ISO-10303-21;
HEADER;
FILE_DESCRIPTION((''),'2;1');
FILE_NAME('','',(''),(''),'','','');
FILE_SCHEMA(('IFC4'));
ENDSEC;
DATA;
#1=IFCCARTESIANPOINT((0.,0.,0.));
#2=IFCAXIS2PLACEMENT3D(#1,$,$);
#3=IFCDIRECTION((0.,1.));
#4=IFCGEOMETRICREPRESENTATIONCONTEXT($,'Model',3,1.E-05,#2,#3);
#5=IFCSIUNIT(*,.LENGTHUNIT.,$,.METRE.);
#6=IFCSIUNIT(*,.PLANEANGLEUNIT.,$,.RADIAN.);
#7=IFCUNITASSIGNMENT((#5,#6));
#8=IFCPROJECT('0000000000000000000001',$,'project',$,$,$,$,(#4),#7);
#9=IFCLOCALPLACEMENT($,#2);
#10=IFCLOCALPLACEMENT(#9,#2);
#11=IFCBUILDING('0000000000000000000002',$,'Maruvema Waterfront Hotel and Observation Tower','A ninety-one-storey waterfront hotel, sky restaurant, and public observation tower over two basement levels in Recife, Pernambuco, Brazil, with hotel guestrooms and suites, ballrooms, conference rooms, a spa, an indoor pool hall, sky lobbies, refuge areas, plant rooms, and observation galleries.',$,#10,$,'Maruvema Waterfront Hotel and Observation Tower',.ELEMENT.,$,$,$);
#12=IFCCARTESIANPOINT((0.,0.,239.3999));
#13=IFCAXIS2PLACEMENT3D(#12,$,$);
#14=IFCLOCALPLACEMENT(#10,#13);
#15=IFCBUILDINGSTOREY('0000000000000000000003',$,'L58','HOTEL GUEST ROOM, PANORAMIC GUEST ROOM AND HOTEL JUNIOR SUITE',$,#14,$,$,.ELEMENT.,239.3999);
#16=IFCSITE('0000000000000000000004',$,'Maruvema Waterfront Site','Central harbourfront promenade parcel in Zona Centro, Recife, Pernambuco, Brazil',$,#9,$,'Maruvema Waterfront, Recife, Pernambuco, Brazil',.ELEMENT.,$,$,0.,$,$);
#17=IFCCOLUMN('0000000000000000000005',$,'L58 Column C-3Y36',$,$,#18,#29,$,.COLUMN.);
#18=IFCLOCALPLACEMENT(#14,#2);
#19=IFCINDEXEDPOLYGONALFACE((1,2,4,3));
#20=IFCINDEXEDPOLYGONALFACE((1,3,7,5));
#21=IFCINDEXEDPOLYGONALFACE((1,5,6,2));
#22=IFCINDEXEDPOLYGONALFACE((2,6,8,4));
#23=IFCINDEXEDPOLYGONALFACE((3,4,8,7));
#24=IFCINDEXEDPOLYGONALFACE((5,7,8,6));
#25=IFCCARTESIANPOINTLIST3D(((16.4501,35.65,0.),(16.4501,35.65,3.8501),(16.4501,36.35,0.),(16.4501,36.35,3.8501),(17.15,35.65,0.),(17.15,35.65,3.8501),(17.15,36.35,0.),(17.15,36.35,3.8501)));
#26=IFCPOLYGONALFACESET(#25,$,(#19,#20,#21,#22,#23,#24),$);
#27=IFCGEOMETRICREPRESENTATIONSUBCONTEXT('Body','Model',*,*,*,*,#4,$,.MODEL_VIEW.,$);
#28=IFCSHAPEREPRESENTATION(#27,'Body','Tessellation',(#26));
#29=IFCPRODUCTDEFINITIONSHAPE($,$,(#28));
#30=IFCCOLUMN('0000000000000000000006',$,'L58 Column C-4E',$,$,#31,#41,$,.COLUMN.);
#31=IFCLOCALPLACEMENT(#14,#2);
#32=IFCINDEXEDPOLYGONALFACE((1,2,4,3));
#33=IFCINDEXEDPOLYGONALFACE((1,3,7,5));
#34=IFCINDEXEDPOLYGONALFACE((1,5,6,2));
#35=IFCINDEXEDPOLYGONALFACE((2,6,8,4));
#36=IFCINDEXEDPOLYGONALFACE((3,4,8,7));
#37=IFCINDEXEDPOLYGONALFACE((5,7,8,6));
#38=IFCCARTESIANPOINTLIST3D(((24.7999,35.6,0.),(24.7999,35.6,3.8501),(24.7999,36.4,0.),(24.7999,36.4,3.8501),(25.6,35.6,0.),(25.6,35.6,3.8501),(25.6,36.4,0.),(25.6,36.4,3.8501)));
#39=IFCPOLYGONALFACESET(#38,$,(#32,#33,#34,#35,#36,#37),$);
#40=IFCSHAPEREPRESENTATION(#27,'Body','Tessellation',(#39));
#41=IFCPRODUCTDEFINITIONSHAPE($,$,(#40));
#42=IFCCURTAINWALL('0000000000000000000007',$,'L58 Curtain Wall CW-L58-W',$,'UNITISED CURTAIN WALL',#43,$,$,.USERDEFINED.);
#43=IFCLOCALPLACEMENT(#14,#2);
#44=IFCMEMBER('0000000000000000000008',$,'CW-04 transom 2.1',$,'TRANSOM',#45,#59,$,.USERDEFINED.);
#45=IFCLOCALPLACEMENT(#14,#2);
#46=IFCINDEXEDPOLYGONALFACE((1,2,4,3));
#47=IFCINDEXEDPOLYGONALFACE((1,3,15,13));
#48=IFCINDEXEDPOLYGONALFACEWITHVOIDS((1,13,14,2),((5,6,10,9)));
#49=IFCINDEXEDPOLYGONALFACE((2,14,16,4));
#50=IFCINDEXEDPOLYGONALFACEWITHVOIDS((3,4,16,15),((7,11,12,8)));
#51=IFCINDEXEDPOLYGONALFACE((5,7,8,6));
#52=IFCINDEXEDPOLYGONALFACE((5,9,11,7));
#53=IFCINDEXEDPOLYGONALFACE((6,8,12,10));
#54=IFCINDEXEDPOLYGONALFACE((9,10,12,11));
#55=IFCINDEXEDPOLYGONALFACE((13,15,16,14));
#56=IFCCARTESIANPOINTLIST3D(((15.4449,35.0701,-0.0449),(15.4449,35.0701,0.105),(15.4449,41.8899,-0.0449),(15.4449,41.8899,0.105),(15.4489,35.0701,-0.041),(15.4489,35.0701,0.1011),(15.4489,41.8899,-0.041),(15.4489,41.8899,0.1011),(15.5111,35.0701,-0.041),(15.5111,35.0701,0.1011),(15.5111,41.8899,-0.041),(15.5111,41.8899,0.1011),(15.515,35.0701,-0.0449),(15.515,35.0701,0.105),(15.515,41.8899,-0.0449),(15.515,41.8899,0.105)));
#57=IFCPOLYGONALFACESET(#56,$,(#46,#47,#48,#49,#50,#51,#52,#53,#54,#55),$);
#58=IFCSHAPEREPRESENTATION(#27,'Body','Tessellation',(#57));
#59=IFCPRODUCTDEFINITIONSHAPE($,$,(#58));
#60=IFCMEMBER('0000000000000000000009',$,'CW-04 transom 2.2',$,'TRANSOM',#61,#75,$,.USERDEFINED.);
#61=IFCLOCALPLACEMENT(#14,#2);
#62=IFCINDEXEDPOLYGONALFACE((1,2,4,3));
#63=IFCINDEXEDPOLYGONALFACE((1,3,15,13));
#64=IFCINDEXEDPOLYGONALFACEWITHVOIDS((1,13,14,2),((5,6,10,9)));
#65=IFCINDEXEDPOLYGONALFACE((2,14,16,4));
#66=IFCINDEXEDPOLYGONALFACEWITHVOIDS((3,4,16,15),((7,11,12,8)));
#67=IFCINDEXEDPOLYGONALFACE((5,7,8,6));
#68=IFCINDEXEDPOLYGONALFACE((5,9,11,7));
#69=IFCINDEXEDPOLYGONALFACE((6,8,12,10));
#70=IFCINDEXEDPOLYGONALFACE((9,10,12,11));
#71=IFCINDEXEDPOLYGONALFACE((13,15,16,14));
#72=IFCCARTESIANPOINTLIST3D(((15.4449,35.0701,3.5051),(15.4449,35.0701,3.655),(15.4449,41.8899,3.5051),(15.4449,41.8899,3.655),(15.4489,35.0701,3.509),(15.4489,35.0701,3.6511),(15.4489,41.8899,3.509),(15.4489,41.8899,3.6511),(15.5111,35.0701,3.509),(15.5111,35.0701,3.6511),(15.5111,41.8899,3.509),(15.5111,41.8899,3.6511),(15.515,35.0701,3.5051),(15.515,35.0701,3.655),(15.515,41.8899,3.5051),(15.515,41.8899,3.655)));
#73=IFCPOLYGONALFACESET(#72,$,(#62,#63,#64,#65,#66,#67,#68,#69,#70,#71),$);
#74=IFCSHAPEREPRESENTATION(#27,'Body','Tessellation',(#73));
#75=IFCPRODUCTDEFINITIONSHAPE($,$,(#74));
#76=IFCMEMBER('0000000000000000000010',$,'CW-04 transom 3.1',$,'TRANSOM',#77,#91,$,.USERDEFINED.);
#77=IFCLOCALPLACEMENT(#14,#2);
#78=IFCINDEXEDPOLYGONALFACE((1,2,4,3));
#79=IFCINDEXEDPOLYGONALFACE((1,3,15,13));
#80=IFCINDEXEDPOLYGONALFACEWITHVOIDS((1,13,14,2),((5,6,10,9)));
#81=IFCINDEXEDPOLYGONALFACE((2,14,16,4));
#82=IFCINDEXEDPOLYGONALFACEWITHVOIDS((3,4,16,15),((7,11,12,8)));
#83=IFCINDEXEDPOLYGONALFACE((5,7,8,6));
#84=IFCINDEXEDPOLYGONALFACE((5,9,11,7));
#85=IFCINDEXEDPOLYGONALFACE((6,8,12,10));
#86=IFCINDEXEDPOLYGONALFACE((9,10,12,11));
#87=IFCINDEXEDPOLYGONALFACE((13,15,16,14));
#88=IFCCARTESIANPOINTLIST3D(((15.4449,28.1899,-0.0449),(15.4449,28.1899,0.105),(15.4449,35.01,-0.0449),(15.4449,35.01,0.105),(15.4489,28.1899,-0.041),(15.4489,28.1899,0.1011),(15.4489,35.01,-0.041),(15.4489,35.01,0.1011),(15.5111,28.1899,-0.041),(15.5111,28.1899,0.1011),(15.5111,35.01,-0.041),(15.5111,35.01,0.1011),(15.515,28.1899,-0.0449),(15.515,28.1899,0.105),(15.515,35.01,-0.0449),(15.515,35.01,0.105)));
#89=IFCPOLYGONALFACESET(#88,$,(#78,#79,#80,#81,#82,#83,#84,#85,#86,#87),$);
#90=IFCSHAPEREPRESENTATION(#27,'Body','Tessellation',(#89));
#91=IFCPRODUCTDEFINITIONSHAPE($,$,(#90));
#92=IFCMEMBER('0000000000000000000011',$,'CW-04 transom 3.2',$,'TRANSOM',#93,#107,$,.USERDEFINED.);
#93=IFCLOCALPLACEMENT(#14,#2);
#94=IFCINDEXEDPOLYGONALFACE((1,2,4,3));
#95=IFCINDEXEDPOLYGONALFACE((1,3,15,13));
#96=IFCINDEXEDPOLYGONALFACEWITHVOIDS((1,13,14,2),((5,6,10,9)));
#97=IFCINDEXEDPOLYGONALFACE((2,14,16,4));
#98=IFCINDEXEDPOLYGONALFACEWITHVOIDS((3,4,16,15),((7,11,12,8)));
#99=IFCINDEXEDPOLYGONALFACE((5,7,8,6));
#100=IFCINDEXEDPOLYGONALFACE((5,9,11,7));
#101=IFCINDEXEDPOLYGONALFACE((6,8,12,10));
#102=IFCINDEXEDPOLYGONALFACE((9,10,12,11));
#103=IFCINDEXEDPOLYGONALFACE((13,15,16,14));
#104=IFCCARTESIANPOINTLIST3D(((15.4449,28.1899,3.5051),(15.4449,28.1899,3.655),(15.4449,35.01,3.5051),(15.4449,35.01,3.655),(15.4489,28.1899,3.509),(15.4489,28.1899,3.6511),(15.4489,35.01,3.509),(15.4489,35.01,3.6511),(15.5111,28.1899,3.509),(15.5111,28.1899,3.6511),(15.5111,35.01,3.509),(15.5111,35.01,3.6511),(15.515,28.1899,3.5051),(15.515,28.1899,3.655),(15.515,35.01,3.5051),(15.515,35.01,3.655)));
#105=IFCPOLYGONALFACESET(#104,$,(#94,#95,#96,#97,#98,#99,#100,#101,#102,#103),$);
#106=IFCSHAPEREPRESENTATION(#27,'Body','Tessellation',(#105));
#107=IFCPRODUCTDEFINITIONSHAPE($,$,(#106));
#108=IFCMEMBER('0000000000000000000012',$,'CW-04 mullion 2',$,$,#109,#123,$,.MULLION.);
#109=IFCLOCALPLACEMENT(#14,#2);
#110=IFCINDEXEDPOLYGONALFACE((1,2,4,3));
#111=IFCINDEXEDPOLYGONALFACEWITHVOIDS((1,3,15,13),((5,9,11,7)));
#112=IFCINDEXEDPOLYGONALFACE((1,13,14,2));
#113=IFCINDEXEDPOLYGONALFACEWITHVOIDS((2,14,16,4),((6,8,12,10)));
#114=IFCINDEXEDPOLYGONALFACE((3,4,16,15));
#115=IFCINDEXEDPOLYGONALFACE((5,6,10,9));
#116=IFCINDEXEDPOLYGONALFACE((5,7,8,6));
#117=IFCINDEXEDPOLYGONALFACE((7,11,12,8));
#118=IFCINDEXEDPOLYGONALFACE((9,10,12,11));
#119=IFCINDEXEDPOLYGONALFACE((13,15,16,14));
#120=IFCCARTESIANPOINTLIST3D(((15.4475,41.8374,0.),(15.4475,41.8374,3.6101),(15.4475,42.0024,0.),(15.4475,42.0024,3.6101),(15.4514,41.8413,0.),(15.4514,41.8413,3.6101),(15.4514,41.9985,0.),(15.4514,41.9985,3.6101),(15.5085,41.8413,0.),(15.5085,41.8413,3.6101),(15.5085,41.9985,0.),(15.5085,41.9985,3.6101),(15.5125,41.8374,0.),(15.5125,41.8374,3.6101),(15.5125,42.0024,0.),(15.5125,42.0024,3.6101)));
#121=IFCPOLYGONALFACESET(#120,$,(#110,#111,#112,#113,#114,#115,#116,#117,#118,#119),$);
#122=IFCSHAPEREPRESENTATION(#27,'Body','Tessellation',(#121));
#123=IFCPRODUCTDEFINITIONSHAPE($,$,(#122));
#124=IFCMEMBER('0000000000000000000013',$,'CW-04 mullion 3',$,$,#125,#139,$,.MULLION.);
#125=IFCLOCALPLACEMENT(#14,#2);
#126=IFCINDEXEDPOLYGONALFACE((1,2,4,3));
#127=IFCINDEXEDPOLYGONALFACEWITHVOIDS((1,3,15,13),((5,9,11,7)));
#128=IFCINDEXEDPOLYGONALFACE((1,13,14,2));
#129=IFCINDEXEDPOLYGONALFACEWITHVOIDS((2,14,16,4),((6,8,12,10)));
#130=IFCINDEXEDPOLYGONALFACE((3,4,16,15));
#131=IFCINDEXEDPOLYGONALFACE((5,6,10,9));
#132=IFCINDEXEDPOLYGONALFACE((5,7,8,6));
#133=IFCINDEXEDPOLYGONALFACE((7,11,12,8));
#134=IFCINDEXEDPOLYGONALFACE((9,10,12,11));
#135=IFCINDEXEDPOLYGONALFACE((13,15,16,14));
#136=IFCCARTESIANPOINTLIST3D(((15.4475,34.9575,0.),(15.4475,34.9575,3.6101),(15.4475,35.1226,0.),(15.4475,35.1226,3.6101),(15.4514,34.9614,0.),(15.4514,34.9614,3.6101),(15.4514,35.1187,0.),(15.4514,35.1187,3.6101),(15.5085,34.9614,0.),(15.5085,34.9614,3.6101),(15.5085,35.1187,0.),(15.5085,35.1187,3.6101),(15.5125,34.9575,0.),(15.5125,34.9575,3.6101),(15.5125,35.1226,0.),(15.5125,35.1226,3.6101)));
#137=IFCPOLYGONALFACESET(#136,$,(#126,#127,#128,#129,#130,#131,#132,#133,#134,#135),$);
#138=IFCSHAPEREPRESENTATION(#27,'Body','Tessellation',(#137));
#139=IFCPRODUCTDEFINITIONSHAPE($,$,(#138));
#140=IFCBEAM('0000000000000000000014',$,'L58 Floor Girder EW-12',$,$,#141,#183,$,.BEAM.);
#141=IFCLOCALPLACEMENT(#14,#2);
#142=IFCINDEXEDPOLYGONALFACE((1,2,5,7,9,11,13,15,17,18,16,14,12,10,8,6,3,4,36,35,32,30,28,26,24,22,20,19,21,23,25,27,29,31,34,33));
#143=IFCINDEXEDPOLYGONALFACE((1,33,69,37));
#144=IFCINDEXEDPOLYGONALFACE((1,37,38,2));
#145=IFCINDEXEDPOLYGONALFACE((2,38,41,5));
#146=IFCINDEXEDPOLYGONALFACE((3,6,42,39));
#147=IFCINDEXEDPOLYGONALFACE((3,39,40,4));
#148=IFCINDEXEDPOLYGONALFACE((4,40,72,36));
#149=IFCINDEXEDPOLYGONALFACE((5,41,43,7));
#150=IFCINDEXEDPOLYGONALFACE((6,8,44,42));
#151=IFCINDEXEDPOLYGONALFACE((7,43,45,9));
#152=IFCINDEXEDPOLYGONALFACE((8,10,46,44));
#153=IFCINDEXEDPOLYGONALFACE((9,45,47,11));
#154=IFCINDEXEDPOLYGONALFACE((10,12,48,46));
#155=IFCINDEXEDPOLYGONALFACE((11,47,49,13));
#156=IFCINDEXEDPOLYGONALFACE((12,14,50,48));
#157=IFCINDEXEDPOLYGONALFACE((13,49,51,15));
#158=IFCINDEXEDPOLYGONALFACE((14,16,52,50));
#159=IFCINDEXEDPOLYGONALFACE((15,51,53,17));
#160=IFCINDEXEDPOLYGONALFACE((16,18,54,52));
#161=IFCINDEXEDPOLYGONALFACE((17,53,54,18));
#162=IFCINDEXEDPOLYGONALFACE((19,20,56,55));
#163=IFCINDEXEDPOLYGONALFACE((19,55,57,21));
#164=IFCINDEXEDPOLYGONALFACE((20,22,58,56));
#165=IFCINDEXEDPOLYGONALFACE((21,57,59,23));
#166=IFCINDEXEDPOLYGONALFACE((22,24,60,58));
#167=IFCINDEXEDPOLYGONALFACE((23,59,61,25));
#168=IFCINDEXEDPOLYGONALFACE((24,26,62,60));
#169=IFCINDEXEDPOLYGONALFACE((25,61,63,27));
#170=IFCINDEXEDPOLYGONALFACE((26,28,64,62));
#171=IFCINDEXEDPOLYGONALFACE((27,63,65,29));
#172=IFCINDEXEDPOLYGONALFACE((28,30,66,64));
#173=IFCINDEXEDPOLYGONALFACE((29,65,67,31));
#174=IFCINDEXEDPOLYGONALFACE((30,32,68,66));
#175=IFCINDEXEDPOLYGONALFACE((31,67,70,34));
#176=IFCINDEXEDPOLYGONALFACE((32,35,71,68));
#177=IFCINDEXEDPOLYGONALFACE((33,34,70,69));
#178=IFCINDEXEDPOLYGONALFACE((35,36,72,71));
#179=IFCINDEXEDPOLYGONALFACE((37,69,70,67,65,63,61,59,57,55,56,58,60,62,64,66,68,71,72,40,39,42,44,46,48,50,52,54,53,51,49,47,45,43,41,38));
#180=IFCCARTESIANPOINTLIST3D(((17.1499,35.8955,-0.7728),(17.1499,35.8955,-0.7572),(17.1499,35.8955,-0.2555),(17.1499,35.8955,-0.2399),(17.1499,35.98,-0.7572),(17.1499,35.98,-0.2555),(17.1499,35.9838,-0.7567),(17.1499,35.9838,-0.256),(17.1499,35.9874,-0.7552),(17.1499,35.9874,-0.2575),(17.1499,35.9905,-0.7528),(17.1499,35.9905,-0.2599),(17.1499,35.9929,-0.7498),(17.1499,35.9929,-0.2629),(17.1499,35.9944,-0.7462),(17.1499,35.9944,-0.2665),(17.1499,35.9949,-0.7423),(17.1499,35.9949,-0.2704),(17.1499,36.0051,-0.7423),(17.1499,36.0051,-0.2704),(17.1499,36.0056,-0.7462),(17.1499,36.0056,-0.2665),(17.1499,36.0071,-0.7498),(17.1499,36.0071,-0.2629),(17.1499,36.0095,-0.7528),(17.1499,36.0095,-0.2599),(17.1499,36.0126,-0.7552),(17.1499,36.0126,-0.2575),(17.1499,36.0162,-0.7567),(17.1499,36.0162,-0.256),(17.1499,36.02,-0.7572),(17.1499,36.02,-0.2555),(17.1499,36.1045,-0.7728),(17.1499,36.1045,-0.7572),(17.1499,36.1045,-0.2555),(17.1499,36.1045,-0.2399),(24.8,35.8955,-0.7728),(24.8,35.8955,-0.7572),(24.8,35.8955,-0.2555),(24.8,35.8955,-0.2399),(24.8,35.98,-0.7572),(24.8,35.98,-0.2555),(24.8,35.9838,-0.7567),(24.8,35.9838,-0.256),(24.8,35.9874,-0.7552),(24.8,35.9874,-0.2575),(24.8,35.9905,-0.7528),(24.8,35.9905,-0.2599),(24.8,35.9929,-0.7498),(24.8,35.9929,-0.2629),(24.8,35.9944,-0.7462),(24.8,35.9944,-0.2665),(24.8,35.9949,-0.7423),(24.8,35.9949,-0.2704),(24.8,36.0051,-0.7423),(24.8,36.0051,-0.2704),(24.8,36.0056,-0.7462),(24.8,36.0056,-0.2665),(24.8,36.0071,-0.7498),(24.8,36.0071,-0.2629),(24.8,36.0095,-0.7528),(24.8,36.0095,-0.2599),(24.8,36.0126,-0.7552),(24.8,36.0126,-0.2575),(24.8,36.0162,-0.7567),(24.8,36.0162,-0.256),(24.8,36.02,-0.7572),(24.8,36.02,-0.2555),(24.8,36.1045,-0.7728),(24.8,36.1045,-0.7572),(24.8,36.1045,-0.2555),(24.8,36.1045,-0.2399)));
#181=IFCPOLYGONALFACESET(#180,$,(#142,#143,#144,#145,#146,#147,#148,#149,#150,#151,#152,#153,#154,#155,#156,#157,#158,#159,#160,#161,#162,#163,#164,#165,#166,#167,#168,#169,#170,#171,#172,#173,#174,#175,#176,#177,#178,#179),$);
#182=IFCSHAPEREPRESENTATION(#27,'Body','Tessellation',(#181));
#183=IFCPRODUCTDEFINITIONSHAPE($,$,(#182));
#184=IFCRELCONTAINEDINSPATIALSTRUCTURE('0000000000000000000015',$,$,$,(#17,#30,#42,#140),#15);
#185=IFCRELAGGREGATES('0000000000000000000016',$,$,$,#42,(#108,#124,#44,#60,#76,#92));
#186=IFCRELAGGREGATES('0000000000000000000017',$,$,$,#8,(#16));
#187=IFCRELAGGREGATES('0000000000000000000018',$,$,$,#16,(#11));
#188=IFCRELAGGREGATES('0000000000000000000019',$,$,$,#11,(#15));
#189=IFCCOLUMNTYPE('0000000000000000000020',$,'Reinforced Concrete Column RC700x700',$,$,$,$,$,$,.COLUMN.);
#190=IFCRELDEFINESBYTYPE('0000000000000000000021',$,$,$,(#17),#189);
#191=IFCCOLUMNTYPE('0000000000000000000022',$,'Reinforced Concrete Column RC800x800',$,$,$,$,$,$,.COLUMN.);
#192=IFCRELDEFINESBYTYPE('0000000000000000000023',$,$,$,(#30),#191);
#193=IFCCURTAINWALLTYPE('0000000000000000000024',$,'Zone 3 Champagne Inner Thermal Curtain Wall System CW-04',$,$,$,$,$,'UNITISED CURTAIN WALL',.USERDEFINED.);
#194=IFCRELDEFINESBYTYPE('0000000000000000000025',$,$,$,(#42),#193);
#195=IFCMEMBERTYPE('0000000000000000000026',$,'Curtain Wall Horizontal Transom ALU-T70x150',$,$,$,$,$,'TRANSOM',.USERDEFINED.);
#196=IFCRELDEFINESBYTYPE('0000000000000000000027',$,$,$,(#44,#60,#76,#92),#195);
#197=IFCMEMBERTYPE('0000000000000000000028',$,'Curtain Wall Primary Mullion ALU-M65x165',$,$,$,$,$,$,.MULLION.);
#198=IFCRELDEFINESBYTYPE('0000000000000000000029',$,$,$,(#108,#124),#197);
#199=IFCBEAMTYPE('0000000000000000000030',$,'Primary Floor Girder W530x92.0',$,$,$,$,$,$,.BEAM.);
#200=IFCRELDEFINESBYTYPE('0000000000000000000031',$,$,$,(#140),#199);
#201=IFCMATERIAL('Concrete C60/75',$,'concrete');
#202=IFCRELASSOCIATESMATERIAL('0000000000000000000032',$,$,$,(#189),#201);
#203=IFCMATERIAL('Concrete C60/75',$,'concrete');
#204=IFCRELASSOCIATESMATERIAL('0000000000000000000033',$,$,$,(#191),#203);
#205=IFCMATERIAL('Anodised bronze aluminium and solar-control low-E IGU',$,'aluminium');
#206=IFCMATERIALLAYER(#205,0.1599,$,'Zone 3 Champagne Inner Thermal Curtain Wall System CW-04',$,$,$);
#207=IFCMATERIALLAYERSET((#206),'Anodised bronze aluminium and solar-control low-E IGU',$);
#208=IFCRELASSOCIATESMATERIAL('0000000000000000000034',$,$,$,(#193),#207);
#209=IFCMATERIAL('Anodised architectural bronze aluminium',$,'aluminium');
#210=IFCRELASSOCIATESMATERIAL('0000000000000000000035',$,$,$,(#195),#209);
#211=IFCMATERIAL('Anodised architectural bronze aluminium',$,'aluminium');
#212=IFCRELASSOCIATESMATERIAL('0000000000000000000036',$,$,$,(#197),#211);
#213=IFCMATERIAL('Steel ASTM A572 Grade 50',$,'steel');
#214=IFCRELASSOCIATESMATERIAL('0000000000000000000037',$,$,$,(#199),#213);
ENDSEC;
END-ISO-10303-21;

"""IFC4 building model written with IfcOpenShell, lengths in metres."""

from ifc_helpers import new_model, si_unit, direction, frame, origin, origin_2d, place, context, subcontext, project, spatial, rectangle, hollow_rectangle, i_section, extrude, material, layer, layer_set, material_profile, profile_set, type_object, element, aggregate, save


model = new_model("IFC4")

# Units and contexts
model_context = context("Model", 3, precision=1e-05, world=origin(), true_north=direction((0.0, 1.0)))
body_context = subcontext(model_context, "Body", "Model", "MODEL_VIEW")
ifc_project = project(units=[si_unit("LENGTHUNIT", "METRE"), si_unit("PLANEANGLEUNIT", "RADIAN")], contexts=[model_context])

# Site, building, storey
site_placement = place(None, origin())
site = spatial("IfcSite", under=ifc_project, at=site_placement, Name="Maruvema Waterfront Site", Description="Central harbourfront promenade parcel in Zona Centro, Recife, Pernambuco, Brazil", LongName="Maruvema Waterfront, Recife, Pernambuco, Brazil", CompositionType="ELEMENT", RefElevation=0.0)
building_placement = place(site_placement, origin())
building = spatial("IfcBuilding", under=site, at=building_placement, Name="Maruvema Waterfront Hotel and Observation Tower", Description="A ninety-one-storey waterfront hotel, sky restaurant, and public observation tower over two basement levels in Recife, Pernambuco, Brazil, with hotel guestrooms and suites, ballrooms, conference rooms, a spa, an indoor pool hall, sky lobbies, refuge areas, plant rooms, and observation galleries.", LongName="Maruvema Waterfront Hotel and Observation Tower", CompositionType="ELEMENT")
storey_placement = place(building_placement, frame((0.0, 0.0, 239.3999)))
storey = spatial("IfcBuildingStorey", under=building, at=storey_placement, Name="L58", Description="HOTEL GUEST ROOM, PANORAMIC GUEST ROOM AND HOTEL JUNIOR SUITE", CompositionType="ELEMENT", Elevation=239.3999)

# Columns
ifc_material_1 = material(Name="Concrete C60/75", Category="concrete")
ifc_material_profile_1 = material_profile(ifc_material_1, rectangle(XDim=0.7, YDim=0.7, at=origin_2d()), Name="RC700x700")
ifc_profile_set_1 = profile_set([ifc_material_profile_1], Name="Concrete C60/75")
column_type_1 = type_object("IfcColumnType", Name="Reinforced Concrete Column RC700x700", PredefinedType="COLUMN", material=ifc_profile_set_1)
column_1_placement = place(storey_placement, frame((16.8, 36.0, 0.0), z_axis=(0.0, 0.0, 1.0), x_axis=(1.0, 0.0, 0.0)))
element("IfcColumn", 1, at=column_1_placement, inside=storey, type_object=column_type_1, Name="L58 Column C-3Y36", PredefinedType="COLUMN", context=body_context, shape_type="SweptSolid", body=[
    extrude(rectangle(XDim=0.7, YDim=0.7, at=origin_2d()), origin(), (0.0, 0.0, 1.0), 3.8501),
])
ifc_material_2 = material(Name="Concrete C60/75", Category="concrete")
ifc_material_profile_2 = material_profile(ifc_material_2, rectangle(XDim=0.8, YDim=0.8, at=origin_2d()), Name="RC800x800")
ifc_profile_set_2 = profile_set([ifc_material_profile_2], Name="Concrete C60/75")
column_type_2 = type_object("IfcColumnType", Name="Reinforced Concrete Column RC800x800", PredefinedType="COLUMN", material=ifc_profile_set_2)
column_2_placement = place(storey_placement, frame((25.2, 36.0, 0.0), z_axis=(0.0, 0.0, 1.0), x_axis=(1.0, 0.0, 0.0)))
element("IfcColumn", 2, at=column_2_placement, inside=storey, type_object=column_type_2, Name="L58 Column C-4E", PredefinedType="COLUMN", context=body_context, shape_type="SweptSolid", body=[
    extrude(rectangle(XDim=0.8, YDim=0.8, at=origin_2d()), origin(), (0.0, 0.0, 1.0), 3.8501),
])

# Curtain wall, members
ifc_material_3 = material(Name="Anodised bronze aluminium and solar-control low-E IGU", Category="aluminium")
ifc_layer_1 = layer(ifc_material_3, 0.1599, Name="Zone 3 Champagne Inner Thermal Curtain Wall System CW-04")
ifc_layer_set_1 = layer_set([ifc_layer_1], Name="Anodised bronze aluminium and solar-control low-E IGU")
curtain_wall_type = type_object("IfcCurtainWallType", Name="Zone 3 Champagne Inner Thermal Curtain Wall System CW-04", ElementType="UNITISED CURTAIN WALL", PredefinedType="USERDEFINED", material=ifc_layer_set_1)
curtain_wall_placement = place(storey_placement, origin())
curtain_wall = element("IfcCurtainWall", 3, at=curtain_wall_placement, inside=storey, type_object=curtain_wall_type, Name="L58 Curtain Wall CW-L58-W", ObjectType="UNITISED CURTAIN WALL", PredefinedType="USERDEFINED")
ifc_material_4 = material(Name="Anodised architectural bronze aluminium", Category="aluminium")
ifc_material_profile_3 = material_profile(ifc_material_4, hollow_rectangle(XDim=0.0701, YDim=0.1499, WallThickness=0.0039, at=origin_2d()), Name="ALU-T70x150")
ifc_profile_set_3 = profile_set([ifc_material_profile_3], Name="Anodised architectural bronze aluminium")
member_type_1 = type_object("IfcMemberType", Name="Curtain Wall Horizontal Transom ALU-T70x150", ElementType="TRANSOM", PredefinedType="USERDEFINED", material=ifc_profile_set_3)
member_1_placement = place(storey_placement, frame((15.48, 41.8899, 0.03), z_axis=(0.0, -1.0, 0.0), x_axis=(1.0, 0.0, 0.0)))
member_1 = element("IfcMember", 4, at=member_1_placement, type_object=member_type_1, Name="CW-04 transom 2.1", ObjectType="TRANSOM", PredefinedType="USERDEFINED", context=body_context, shape_type="SweptSolid", body=[
    extrude(hollow_rectangle(XDim=0.0701, YDim=0.1499, WallThickness=0.0039, at=origin_2d()), origin(), (0.0, 0.0, 1.0), 6.8198),
])
member_2_placement = place(storey_placement, frame((15.48, 41.8899, 3.5801), z_axis=(0.0, -1.0, 0.0), x_axis=(1.0, 0.0, 0.0)))
member_2 = element("IfcMember", 5, at=member_2_placement, type_object=member_type_1, Name="CW-04 transom 2.2", ObjectType="TRANSOM", PredefinedType="USERDEFINED", context=body_context, shape_type="SweptSolid", body=[
    extrude(hollow_rectangle(XDim=0.0701, YDim=0.1499, WallThickness=0.0039, at=origin_2d()), origin(), (0.0, 0.0, 1.0), 6.8198),
])
member_3_placement = place(storey_placement, frame((15.48, 35.01, 0.03), z_axis=(0.0, -1.0, 0.0), x_axis=(1.0, 0.0, 0.0)))
member_3 = element("IfcMember", 6, at=member_3_placement, type_object=member_type_1, Name="CW-04 transom 3.1", ObjectType="TRANSOM", PredefinedType="USERDEFINED", context=body_context, shape_type="SweptSolid", body=[
    extrude(hollow_rectangle(XDim=0.0701, YDim=0.1499, WallThickness=0.0039, at=origin_2d()), origin(), (0.0, 0.0, 1.0), 6.8201),
])
member_4_placement = place(storey_placement, frame((15.48, 35.01, 3.5801), z_axis=(0.0, -1.0, 0.0), x_axis=(1.0, 0.0, 0.0)))
member_4 = element("IfcMember", 7, at=member_4_placement, type_object=member_type_1, Name="CW-04 transom 3.2", ObjectType="TRANSOM", PredefinedType="USERDEFINED", context=body_context, shape_type="SweptSolid", body=[
    extrude(hollow_rectangle(XDim=0.0701, YDim=0.1499, WallThickness=0.0039, at=origin_2d()), origin(), (0.0, 0.0, 1.0), 6.8201),
])
ifc_material_5 = material(Name="Anodised architectural bronze aluminium", Category="aluminium")
ifc_material_profile_4 = material_profile(ifc_material_5, hollow_rectangle(XDim=0.0649, YDim=0.165, WallThickness=0.0039, at=origin_2d()), Name="ALU-M65x165")
ifc_profile_set_4 = profile_set([ifc_material_profile_4], Name="Anodised architectural bronze aluminium")
member_type_2 = type_object("IfcMemberType", Name="Curtain Wall Primary Mullion ALU-M65x165", PredefinedType="MULLION", material=ifc_profile_set_4)
member_5_placement = place(storey_placement, frame((15.48, 41.9199, 0.0), z_axis=(0.0, 0.0, 1.0), x_axis=(1.0, 0.0, 0.0)))
member_5 = element("IfcMember", 8, at=member_5_placement, type_object=member_type_2, Name="CW-04 mullion 2", PredefinedType="MULLION", context=body_context, shape_type="SweptSolid", body=[
    extrude(hollow_rectangle(XDim=0.0649, YDim=0.165, WallThickness=0.0039, at=origin_2d()), origin(), (0.0, 0.0, 1.0), 3.6101),
])
member_6_placement = place(storey_placement, frame((15.48, 35.04, 0.0), z_axis=(0.0, 0.0, 1.0), x_axis=(1.0, 0.0, 0.0)))
member_6 = element("IfcMember", 9, at=member_6_placement, type_object=member_type_2, Name="CW-04 mullion 3", PredefinedType="MULLION", context=body_context, shape_type="SweptSolid", body=[
    extrude(hollow_rectangle(XDim=0.0649, YDim=0.165, WallThickness=0.0039, at=origin_2d()), origin(), (0.0, 0.0, 1.0), 3.6101),
])

# Beam
ifc_material_6 = material(Name="Steel ASTM A572 Grade 50", Category="steel")
ifc_material_profile_5 = material_profile(ifc_material_6, i_section(OverallWidth=0.209, OverallDepth=0.533, WebThickness=0.0103, FlangeThickness=0.0156, FilletRadius=0.0149, at=origin_2d()), Name="W530x92.0")
ifc_profile_set_5 = profile_set([ifc_material_profile_5], Name="Steel ASTM A572 Grade 50")
beam_type_1 = type_object("IfcBeamType", Name="Primary Floor Girder W530x92.0", PredefinedType="BEAM", material=ifc_profile_set_5)
beam_1_placement = place(storey_placement, frame((17.1499, 36.0, -0.5063), z_axis=(1.0, 0.0, 0.0), x_axis=(0.0, 1.0, 0.0)))
element("IfcBeam", 10, at=beam_1_placement, inside=storey, type_object=beam_type_1, Name="L58 Floor Girder EW-12", PredefinedType="BEAM", context=body_context, shape_type="SweptSolid", body=[
    extrude(i_section(OverallWidth=0.209, OverallDepth=0.533, WebThickness=0.0103, FlangeThickness=0.0156, FilletRadius=0.0149, at=origin_2d()), origin(), (0.0, 0.0, 1.0), 7.6501),
])

aggregate(curtain_wall, [member_5, member_6, member_1, member_2, member_3, member_4])

save(model, "model.ifc")
